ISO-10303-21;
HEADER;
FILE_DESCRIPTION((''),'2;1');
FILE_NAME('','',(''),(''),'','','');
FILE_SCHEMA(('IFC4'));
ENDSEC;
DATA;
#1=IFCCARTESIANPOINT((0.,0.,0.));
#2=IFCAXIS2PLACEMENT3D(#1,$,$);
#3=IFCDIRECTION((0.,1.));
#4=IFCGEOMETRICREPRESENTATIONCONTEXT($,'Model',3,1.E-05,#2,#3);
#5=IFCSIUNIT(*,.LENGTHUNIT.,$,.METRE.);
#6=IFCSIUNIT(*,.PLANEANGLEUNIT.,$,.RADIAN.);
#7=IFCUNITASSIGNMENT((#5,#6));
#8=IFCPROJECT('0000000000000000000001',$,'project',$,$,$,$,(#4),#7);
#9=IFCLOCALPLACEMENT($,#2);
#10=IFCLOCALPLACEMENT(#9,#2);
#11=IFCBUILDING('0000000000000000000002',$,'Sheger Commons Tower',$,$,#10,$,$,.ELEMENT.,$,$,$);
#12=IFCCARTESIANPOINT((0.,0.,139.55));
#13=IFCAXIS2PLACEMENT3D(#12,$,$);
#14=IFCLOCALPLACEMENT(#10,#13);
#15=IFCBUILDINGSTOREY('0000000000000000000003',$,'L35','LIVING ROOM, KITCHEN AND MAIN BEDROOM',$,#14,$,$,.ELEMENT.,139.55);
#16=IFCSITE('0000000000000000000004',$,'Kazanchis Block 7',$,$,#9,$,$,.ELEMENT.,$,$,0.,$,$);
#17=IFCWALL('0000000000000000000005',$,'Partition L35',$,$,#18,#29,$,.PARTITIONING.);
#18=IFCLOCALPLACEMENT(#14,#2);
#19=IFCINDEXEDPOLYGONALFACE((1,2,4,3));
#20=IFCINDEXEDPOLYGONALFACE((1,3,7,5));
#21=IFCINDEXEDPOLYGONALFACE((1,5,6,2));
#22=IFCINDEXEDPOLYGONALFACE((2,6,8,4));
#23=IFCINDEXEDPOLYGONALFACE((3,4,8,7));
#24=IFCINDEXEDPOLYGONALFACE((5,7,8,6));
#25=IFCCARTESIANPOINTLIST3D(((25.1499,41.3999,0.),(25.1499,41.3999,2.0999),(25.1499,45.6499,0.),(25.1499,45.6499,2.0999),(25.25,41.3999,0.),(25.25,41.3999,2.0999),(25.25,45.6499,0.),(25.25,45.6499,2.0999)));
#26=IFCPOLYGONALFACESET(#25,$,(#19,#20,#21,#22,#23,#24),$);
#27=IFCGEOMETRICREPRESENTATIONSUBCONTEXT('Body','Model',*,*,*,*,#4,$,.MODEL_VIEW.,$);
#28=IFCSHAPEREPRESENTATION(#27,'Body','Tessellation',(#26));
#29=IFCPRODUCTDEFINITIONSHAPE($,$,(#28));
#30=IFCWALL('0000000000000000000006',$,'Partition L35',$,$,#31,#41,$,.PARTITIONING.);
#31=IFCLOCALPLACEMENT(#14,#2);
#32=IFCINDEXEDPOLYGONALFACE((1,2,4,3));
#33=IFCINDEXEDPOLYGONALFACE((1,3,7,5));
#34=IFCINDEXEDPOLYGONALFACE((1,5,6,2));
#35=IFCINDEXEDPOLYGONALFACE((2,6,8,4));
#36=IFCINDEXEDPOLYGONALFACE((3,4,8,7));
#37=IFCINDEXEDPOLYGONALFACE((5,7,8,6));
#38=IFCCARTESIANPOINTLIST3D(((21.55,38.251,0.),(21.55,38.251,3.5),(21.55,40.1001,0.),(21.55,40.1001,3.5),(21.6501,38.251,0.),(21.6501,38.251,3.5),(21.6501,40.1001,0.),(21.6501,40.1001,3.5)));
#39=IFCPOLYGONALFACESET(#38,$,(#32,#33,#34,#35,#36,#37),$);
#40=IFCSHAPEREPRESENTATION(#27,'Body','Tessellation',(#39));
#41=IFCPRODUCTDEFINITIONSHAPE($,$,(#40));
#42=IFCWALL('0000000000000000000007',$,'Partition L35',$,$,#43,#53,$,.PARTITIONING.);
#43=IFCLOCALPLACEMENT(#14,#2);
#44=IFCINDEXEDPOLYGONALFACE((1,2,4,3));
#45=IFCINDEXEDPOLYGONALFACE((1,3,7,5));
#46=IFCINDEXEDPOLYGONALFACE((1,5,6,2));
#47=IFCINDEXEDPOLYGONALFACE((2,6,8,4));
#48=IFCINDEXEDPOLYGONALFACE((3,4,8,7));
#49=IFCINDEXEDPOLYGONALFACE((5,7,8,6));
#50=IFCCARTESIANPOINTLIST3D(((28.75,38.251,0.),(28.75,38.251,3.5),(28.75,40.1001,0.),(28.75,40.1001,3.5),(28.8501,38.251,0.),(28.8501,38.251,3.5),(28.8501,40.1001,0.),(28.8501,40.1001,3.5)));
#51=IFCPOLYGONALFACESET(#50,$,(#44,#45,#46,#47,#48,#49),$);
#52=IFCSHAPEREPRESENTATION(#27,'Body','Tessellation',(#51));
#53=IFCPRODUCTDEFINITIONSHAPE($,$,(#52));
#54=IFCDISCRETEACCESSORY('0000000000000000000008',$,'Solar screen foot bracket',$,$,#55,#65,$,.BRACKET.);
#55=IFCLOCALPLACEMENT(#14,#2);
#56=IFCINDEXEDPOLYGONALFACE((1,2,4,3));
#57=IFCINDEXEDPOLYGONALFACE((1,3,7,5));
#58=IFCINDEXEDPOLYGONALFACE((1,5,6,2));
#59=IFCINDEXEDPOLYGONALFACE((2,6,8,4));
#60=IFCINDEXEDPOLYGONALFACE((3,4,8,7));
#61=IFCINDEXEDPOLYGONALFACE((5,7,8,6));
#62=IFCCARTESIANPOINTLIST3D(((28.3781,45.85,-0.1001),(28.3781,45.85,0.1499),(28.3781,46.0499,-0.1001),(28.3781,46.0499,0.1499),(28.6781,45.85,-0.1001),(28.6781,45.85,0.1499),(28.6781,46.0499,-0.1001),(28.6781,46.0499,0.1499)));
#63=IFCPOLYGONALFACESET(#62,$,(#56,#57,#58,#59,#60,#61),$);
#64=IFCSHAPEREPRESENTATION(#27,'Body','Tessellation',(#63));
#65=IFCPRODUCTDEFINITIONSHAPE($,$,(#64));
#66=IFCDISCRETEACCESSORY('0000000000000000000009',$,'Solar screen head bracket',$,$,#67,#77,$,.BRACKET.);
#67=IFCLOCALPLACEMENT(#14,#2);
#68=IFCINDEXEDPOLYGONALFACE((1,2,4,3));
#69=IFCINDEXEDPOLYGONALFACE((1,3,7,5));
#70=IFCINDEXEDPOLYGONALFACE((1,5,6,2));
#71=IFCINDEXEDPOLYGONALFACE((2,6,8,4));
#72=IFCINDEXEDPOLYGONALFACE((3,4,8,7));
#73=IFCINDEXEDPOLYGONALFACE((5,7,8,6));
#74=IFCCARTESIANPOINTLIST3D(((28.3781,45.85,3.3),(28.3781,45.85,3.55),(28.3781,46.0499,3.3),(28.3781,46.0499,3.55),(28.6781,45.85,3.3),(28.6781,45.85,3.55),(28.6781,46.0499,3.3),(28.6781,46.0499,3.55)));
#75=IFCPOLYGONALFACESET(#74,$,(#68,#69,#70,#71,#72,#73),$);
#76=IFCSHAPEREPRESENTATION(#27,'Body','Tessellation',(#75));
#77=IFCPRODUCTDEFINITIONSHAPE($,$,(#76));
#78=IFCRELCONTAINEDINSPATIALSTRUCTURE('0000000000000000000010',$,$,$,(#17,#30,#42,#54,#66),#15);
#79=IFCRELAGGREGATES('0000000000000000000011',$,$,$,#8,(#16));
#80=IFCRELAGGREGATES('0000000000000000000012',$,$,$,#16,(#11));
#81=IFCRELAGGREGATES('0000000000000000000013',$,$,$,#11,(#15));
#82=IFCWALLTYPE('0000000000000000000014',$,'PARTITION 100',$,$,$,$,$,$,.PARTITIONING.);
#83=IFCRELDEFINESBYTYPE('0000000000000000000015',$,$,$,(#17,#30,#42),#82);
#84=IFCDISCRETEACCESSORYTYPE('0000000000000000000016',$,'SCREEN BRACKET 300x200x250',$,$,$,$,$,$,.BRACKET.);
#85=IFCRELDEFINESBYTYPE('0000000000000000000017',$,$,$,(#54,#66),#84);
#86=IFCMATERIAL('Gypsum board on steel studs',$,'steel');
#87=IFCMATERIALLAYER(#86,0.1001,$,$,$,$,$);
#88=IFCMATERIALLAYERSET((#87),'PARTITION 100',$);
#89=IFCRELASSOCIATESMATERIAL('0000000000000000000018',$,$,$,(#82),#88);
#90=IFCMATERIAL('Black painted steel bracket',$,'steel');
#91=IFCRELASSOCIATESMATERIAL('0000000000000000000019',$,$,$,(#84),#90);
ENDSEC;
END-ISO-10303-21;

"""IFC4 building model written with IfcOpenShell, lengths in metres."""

from ifc_helpers import new_model, si_unit, direction, frame, frame_2d, origin, origin_2d, place, context, subcontext, project, spatial, rectangle, extrude, material, layer, layer_set, type_object, element, save


model = new_model("IFC4")

# Units and contexts
model_context = context("Model", 3, precision=1e-05, world=origin(), true_north=direction((0.0, 1.0)))
body_context = subcontext(model_context, "Body", "Model", "MODEL_VIEW")
ifc_project = project(units=[si_unit("LENGTHUNIT", "METRE"), si_unit("PLANEANGLEUNIT", "RADIAN")], contexts=[model_context])

# Site, building, storey
site_placement = place(None, origin())
site = spatial("IfcSite", under=ifc_project, at=site_placement, Name="Kazanchis Block 7", CompositionType="ELEMENT", RefElevation=0.0)
building_placement = place(site_placement, origin())
building = spatial("IfcBuilding", under=site, at=building_placement, Name="Sheger Commons Tower", CompositionType="ELEMENT")
storey_placement = place(building_placement, frame((0.0, 0.0, 139.55)))
storey = spatial("IfcBuildingStorey", under=building, at=storey_placement, Name="L35", Description="LIVING ROOM, KITCHEN AND MAIN BEDROOM", CompositionType="ELEMENT", Elevation=139.55)

# Shared definitions
ifc_material_1 = material(Name="Gypsum board on steel studs", Category="steel")
ifc_layer_1 = layer(ifc_material_1, 0.1001)
ifc_layer_set_1 = layer_set([ifc_layer_1], Name="PARTITION 100")
wall_type = type_object("IfcWallType", Name="PARTITION 100", PredefinedType="PARTITIONING", material=ifc_layer_set_1)

# Walls
wall_1_placement = place(storey_placement, frame((25.2, 41.3999, 0.0), z_axis=(0.0, 0.0, 1.0), x_axis=(0.0, 1.0, 0.0)))
element("IfcWall", 1, at=wall_1_placement, inside=storey, type_object=wall_type, Name="Partition L35", PredefinedType="PARTITIONING", context=body_context, shape_type="SweptSolid", body=[
    extrude(rectangle(XDim=4.25, YDim=0.1001, at=frame_2d((2.125, 0.0))), origin(), (0.0, 0.0, 1.0), 2.0999),
])
for number, where, z_axis, x_axis, name in (
    (2, (21.6001, 38.251, 0.0), (0.0, 0.0, 1.0), (0.0, 1.0, 0.0), "Partition L35"),
    (3, (28.8, 38.251, 0.0), (0.0, 0.0, 1.0), (0.0, 1.0, 0.0), "Partition L35"),
):
    element("IfcWall", number, at=place(storey_placement, frame(where, z_axis=z_axis, x_axis=x_axis)), inside=storey, type_object=wall_type, Name=name, PredefinedType="PARTITIONING", context=body_context, shape_type="SweptSolid", body=[
        extrude(rectangle(XDim=1.8491, YDim=0.1001, at=frame_2d((0.9246, 0.0))), origin(), (0.0, 0.0, 1.0), 3.5),
    ])

# Discrete accessories
ifc_material_2 = material(Name="Black painted steel bracket", Category="steel")
discrete_accessory_type = type_object("IfcDiscreteAccessoryType", Name="SCREEN BRACKET 300x200x250", PredefinedType="BRACKET", material=ifc_material_2)
for number, where, z_axis, x_axis, name in (
    (4, (28.5281, 45.95, -0.1001), (0.0, 0.0, 1.0), (-1.0, 0.0, 0.0), "Solar screen foot bracket"),
    (5, (28.5281, 45.95, 3.3), (0.0, 0.0, 1.0), (-1.0, 0.0, 0.0), "Solar screen head bracket"),
):
    element("IfcDiscreteAccessory", number, at=place(storey_placement, frame(where, z_axis=z_axis, x_axis=x_axis)), inside=storey, type_object=discrete_accessory_type, Name=name, PredefinedType="BRACKET", context=body_context, shape_type="SweptSolid", body=[
        extrude(rectangle(XDim=0.3, YDim=0.2, at=origin_2d()), origin(), (0.0, 0.0, 1.0), 0.25),
    ])

save(model, "model.ifc")
